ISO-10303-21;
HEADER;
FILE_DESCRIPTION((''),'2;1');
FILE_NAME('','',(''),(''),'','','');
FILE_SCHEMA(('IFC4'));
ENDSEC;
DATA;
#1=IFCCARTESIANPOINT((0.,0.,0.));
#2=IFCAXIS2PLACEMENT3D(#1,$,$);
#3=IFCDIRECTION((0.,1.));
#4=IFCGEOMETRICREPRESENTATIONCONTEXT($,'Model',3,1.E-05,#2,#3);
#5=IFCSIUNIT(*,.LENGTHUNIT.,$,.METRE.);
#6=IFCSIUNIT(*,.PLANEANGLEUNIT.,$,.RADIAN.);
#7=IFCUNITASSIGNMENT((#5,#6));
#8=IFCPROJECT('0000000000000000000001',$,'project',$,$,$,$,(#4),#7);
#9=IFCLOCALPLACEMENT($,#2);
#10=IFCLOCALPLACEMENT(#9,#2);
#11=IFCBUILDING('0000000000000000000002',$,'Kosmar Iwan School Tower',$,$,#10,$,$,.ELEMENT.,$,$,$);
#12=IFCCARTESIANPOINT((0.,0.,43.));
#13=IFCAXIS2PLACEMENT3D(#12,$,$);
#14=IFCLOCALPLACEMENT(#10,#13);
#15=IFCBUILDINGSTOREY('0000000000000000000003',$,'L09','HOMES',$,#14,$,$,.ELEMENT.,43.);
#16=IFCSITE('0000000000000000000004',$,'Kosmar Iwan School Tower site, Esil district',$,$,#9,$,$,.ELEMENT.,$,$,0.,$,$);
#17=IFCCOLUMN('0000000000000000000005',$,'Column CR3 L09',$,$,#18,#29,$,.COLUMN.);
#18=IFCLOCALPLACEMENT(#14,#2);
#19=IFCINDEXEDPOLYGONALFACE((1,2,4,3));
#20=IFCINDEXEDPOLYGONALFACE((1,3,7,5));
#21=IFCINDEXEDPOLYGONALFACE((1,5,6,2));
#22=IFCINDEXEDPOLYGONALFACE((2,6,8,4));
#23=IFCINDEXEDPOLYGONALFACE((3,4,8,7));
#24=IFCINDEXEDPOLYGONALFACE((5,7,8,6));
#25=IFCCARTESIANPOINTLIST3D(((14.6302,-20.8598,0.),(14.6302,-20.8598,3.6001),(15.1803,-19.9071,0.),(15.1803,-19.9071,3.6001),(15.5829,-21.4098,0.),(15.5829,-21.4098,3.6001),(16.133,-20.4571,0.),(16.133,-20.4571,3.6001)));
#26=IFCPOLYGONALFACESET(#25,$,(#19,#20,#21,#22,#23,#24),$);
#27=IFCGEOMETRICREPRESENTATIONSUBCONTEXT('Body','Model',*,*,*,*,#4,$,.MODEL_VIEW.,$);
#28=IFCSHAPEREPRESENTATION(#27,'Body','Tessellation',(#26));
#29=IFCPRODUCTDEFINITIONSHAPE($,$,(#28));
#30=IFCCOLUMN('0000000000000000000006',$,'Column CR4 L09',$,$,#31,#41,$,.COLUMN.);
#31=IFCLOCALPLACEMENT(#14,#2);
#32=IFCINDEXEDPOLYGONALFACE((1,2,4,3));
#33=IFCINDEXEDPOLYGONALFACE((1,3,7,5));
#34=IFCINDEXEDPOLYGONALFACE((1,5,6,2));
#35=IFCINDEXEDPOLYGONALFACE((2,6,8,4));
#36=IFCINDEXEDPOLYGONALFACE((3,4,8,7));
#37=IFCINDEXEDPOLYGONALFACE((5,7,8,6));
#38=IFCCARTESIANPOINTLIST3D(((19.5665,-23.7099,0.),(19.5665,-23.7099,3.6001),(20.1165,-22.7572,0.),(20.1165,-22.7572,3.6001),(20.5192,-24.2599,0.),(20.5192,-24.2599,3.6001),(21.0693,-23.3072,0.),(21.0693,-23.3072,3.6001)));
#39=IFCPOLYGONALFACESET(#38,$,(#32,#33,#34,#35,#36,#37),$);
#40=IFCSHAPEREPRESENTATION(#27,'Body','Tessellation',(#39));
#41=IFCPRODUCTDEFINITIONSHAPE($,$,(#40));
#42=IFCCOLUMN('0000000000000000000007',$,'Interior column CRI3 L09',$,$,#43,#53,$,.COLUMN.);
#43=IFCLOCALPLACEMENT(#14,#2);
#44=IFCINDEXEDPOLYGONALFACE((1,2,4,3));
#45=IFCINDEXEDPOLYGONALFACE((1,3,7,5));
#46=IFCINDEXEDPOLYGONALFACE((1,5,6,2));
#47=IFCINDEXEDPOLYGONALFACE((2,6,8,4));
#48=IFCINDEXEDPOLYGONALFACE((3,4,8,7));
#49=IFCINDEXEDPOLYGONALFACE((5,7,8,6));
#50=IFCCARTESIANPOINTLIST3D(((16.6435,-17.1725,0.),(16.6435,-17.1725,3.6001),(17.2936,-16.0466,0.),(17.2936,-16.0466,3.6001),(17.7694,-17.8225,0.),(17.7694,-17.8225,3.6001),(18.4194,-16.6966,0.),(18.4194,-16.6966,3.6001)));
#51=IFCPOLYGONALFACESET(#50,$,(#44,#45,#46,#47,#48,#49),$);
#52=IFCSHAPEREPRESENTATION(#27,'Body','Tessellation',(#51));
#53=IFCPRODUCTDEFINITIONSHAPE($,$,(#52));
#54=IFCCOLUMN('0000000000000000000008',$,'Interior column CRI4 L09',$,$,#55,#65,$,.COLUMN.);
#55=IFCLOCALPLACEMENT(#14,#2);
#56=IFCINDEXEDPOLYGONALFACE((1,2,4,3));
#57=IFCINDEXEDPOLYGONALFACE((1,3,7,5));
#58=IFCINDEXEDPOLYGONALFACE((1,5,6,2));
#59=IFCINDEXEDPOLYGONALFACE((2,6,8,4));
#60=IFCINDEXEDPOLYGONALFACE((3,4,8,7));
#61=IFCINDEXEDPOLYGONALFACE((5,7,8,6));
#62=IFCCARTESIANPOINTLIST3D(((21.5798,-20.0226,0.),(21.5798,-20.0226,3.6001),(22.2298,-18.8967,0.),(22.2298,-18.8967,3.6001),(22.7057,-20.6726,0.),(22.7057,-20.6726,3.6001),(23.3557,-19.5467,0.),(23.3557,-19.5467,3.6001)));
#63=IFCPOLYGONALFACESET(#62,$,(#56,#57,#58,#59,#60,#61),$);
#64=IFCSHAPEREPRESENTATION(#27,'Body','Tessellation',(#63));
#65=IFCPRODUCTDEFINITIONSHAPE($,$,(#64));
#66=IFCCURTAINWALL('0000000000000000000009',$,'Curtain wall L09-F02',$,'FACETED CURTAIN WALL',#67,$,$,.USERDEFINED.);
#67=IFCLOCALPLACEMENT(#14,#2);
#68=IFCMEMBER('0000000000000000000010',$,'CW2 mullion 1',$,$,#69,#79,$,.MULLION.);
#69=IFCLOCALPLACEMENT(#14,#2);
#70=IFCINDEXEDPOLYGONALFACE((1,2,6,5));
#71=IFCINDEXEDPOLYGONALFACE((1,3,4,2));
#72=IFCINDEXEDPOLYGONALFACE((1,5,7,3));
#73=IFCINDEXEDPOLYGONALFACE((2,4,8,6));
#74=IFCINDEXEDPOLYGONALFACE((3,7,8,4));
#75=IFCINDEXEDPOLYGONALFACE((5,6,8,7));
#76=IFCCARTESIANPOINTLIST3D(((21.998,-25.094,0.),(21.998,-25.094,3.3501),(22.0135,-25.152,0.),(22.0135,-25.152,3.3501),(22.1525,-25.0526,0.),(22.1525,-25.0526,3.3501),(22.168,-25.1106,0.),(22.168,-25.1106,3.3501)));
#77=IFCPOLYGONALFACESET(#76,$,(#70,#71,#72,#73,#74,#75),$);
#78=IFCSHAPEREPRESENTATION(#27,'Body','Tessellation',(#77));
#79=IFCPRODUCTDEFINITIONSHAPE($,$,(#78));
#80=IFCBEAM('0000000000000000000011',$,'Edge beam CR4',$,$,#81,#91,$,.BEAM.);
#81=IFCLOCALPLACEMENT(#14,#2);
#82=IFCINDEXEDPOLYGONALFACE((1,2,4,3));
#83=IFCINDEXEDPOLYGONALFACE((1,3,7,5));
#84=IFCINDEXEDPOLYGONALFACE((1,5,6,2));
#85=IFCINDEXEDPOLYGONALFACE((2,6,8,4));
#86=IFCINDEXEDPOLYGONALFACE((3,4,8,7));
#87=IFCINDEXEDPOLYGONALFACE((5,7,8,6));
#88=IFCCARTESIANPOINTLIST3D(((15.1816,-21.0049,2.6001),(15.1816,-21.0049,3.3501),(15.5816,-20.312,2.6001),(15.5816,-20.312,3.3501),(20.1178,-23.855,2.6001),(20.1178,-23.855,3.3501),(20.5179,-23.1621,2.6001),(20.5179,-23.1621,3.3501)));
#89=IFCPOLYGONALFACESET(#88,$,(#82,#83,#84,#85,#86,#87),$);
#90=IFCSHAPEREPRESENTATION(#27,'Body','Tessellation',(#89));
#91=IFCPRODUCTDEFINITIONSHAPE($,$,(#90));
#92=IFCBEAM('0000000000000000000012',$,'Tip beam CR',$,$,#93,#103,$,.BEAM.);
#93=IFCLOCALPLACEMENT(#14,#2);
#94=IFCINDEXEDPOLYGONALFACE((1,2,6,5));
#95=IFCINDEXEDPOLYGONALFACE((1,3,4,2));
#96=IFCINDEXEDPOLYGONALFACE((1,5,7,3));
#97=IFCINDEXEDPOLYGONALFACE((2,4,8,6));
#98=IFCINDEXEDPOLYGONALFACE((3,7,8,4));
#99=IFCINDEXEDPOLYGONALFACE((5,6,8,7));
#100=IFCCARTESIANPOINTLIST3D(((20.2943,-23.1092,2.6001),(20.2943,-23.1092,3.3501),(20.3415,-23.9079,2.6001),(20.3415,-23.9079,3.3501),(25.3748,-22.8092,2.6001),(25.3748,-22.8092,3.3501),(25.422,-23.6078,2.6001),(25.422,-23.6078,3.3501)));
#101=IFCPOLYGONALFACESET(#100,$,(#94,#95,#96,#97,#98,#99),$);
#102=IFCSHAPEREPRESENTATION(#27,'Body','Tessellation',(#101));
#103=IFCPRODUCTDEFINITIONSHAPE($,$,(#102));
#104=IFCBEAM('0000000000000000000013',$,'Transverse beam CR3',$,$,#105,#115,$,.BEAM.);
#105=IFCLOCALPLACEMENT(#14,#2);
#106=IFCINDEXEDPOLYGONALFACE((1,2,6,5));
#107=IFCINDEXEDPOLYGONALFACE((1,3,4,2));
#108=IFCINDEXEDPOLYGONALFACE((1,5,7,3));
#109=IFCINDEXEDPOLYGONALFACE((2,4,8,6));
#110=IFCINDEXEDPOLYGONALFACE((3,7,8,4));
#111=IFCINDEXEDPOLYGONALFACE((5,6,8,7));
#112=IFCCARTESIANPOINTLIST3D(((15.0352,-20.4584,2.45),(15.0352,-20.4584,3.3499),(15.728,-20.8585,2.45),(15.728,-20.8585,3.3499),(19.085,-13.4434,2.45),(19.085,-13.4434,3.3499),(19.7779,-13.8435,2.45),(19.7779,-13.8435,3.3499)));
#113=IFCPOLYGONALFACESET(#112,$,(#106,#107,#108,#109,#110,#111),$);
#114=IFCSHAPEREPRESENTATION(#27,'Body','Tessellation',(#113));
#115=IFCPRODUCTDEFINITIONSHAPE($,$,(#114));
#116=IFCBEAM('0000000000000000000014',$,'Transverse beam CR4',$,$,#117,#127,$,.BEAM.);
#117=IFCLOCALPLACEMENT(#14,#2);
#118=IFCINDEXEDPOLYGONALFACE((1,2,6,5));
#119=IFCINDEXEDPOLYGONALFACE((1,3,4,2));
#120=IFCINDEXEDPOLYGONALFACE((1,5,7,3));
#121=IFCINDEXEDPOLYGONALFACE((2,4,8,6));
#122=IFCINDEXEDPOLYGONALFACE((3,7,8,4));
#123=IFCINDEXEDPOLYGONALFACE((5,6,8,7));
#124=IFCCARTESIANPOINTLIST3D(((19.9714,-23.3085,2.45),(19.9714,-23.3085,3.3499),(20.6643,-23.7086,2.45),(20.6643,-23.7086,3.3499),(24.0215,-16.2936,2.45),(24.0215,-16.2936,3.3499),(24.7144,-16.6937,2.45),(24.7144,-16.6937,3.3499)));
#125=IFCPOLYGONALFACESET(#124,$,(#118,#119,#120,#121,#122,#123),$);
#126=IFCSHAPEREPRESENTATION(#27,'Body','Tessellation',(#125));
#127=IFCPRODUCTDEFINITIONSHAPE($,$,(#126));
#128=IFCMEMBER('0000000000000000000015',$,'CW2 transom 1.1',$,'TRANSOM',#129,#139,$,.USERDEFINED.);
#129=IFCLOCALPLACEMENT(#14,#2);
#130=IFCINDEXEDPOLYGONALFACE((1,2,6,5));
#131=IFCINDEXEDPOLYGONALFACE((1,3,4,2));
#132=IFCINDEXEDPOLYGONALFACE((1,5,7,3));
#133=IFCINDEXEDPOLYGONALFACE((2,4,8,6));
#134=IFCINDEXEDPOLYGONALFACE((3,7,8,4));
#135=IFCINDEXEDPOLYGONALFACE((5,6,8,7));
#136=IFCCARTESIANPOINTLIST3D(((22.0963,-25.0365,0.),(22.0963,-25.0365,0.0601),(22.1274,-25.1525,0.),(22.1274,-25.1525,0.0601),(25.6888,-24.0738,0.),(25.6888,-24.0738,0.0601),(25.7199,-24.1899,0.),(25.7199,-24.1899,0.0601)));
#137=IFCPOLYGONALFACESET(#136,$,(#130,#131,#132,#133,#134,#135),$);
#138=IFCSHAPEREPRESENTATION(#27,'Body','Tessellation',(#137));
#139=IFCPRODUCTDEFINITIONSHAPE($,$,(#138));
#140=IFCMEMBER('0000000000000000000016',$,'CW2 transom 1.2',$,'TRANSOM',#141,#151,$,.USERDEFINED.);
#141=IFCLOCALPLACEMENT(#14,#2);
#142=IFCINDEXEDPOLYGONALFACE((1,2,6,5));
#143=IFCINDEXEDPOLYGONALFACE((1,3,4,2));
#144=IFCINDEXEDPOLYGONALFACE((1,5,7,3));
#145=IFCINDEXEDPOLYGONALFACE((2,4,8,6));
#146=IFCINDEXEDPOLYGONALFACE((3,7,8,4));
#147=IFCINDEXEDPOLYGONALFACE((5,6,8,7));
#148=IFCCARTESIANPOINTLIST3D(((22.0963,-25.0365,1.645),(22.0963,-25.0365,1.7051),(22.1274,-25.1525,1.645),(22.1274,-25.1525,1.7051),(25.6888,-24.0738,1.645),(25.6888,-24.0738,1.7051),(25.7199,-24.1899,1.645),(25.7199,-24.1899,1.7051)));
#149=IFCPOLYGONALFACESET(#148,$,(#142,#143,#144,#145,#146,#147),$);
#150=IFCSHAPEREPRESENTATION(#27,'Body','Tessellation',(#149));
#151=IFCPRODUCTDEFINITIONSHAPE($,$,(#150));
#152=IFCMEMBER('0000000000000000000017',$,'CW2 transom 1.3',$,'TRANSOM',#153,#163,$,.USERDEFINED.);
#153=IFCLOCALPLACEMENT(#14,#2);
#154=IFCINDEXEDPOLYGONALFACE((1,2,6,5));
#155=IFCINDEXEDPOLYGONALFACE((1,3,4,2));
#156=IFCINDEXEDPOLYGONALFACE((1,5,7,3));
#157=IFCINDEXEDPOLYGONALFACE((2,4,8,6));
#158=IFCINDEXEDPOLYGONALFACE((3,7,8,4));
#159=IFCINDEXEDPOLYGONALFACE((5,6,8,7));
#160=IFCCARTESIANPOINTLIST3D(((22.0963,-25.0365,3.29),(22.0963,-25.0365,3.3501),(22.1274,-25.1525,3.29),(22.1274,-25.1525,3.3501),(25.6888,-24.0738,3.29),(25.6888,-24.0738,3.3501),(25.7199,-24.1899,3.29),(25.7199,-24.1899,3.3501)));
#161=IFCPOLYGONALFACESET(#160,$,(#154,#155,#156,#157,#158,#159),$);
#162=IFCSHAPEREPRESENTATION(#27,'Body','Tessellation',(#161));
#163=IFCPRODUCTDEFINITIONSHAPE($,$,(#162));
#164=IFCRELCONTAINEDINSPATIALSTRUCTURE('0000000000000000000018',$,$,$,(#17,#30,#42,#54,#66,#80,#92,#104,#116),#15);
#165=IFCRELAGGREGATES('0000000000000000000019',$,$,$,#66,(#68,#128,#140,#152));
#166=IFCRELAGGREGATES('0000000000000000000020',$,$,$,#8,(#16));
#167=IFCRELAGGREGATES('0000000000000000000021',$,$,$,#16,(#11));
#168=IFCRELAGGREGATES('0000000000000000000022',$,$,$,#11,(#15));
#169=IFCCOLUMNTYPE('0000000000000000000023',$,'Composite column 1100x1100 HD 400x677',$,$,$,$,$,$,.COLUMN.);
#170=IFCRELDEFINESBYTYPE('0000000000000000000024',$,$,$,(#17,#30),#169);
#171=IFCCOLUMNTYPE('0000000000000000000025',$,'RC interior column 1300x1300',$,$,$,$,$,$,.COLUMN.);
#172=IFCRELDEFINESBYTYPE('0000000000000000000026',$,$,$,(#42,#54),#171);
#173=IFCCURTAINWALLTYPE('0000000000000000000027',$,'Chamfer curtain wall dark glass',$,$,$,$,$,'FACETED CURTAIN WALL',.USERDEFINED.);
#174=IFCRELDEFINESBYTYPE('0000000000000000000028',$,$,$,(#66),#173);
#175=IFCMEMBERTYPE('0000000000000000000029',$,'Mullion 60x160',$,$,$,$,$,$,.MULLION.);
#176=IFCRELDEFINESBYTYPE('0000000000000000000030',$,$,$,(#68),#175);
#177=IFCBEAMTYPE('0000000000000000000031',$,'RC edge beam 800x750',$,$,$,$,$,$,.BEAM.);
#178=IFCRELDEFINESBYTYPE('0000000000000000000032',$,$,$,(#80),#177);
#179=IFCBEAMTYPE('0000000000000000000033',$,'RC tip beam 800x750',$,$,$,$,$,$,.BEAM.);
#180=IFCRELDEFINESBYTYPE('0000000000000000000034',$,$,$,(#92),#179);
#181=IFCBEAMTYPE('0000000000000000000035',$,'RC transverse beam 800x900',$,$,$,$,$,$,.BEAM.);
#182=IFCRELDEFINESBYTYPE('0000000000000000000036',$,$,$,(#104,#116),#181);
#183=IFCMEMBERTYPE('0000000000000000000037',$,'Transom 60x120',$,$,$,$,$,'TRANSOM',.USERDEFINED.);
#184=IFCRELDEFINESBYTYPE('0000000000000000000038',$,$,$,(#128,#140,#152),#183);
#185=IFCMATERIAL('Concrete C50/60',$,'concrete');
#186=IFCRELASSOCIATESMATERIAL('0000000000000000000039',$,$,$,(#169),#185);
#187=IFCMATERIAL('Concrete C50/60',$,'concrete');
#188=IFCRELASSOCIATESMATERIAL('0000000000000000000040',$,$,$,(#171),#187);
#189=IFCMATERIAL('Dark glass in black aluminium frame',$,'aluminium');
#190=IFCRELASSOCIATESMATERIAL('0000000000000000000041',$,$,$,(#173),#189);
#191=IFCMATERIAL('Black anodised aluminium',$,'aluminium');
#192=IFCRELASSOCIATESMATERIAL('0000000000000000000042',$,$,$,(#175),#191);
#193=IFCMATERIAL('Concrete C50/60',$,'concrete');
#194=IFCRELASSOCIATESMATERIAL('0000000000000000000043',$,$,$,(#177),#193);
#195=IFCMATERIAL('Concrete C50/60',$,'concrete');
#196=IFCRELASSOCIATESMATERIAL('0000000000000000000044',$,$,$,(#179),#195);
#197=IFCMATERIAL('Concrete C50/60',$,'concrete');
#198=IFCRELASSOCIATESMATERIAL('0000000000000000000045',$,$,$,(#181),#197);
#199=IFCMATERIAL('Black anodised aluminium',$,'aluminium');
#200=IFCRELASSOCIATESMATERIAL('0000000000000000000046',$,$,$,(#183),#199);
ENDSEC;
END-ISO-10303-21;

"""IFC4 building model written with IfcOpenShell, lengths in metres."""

from ifc_helpers import new_model, si_unit, direction, frame, origin, origin_2d, place, context, subcontext, project, spatial, rectangle, extrude, material, material_profile, profile_set, type_object, element, aggregate, save


model = new_model("IFC4")

# Units and contexts
model_context = context("Model", 3, precision=1e-05, world=origin(), true_north=direction((0.0, 1.0)))
body_context = subcontext(model_context, "Body", "Model", "MODEL_VIEW")
ifc_project = project(units=[si_unit("LENGTHUNIT", "METRE"), si_unit("PLANEANGLEUNIT", "RADIAN")], contexts=[model_context])

# Site, building, storey
site_placement = place(None, origin())
site = spatial("IfcSite", under=ifc_project, at=site_placement, Name="Kosmar Iwan School Tower site, Esil district", CompositionType="ELEMENT", RefElevation=0.0)
building_placement = place(site_placement, origin())
building = spatial("IfcBuilding", under=site, at=building_placement, Name="Kosmar Iwan School Tower", CompositionType="ELEMENT")
storey_placement = place(building_placement, frame((0.0, 0.0, 43.0)))
storey = spatial("IfcBuildingStorey", under=building, at=storey_placement, Name="L09", Description="HOMES", CompositionType="ELEMENT", Elevation=43.0)

# Columns
ifc_material_1 = material(Name="Concrete C50/60", Category="concrete")
ifc_material_profile_1 = material_profile(ifc_material_1, rectangle(XDim=1.1001, YDim=1.1001, at=origin_2d()), Name="RC 1100x1100 + HD 400x677")
ifc_profile_set_1 = profile_set([ifc_material_profile_1], Name="Concrete C50/60")
column_type_1 = type_object("IfcColumnType", Name="Composite column 1100x1100 HD 400x677", PredefinedType="COLUMN", material=ifc_profile_set_1)
for number, where, z_axis, x_axis, name in (
    (1, (15.3816, -20.6584, 0.0), (0.0, 0.0, 1.0), (0.866025, -0.5, 0.0), "Column CR3 L09"),
    (2, (20.3179, -23.5085, 0.0), (0.0, 0.0, 1.0), (0.866025, -0.5, 0.0), "Column CR4 L09"),
):
    element("IfcColumn", number, at=place(storey_placement, frame(where, z_axis=z_axis, x_axis=x_axis)), inside=storey, type_object=column_type_1, Name=name, PredefinedType="COLUMN", context=body_context, shape_type="SweptSolid", body=[
        extrude(rectangle(XDim=1.1001, YDim=1.1001, at=origin_2d()), origin(), (0.0, 0.0, 1.0), 3.6001),
    ])
ifc_material_2 = material(Name="Concrete C50/60", Category="concrete")
ifc_material_profile_2 = material_profile(ifc_material_2, rectangle(XDim=1.3, YDim=1.3, at=origin_2d()), Name="RC 1300x1300")
ifc_profile_set_2 = profile_set([ifc_material_profile_2], Name="Concrete C50/60")
column_type_2 = type_object("IfcColumnType", Name="RC interior column 1300x1300", PredefinedType="COLUMN", material=ifc_profile_set_2)
for number, where, z_axis, x_axis, name in (
    (3, (17.5315, -16.9346, 0.0), (0.0, 0.0, 1.0), (0.866025, -0.5, 0.0), "Interior column CRI3 L09"),
    (4, (22.4678, -19.7847, 0.0), (0.0, 0.0, 1.0), (0.866025, -0.5, 0.0), "Interior column CRI4 L09"),
):
    element("IfcColumn", number, at=place(storey_placement, frame(where, z_axis=z_axis, x_axis=x_axis)), inside=storey, type_object=column_type_2, Name=name, PredefinedType="COLUMN", context=body_context, shape_type="SweptSolid", body=[
        extrude(rectangle(XDim=1.3, YDim=1.3, at=origin_2d()), origin(), (0.0, 0.0, 1.0), 3.6001),
    ])

# Curtain wall, member
ifc_material_3 = material(Name="Dark glass in black aluminium frame", Category="aluminium")
curtain_wall_type = type_object("IfcCurtainWallType", Name="Chamfer curtain wall dark glass", ElementType="FACETED CURTAIN WALL", PredefinedType="USERDEFINED", material=ifc_material_3)
curtain_wall_placement = place(storey_placement, origin())
curtain_wall = element("IfcCurtainWall", 5, at=curtain_wall_placement, inside=storey, type_object=curtain_wall_type, Name="Curtain wall L09-F02", ObjectType="FACETED CURTAIN WALL", PredefinedType="USERDEFINED")
ifc_material_4 = material(Name="Black anodised aluminium", Category="aluminium")
ifc_material_profile_3 = material_profile(ifc_material_4, rectangle(XDim=0.0601, YDim=0.1599, at=origin_2d()), Name="MULLION 60x160")
ifc_profile_set_3 = profile_set([ifc_material_profile_3], Name="Black anodised aluminium")
member_type_1 = type_object("IfcMemberType", Name="Mullion 60x160", PredefinedType="MULLION", material=ifc_profile_set_3)
member_1_placement = place(storey_placement, frame((22.083, -25.1023, 0.0), z_axis=(0.0, 0.0, 1.0), x_axis=(-0.258819, 0.965926, 0.0)))
member_1 = element("IfcMember", 6, at=member_1_placement, type_object=member_type_1, Name="CW2 mullion 1", PredefinedType="MULLION", context=body_context, shape_type="SweptSolid", body=[
    extrude(rectangle(XDim=0.0601, YDim=0.1599, at=origin_2d()), origin(), (0.0, 0.0, 1.0), 3.3501),
])

# Beams
ifc_material_5 = material(Name="Concrete C50/60", Category="concrete")
ifc_material_profile_4 = material_profile(ifc_material_5, rectangle(XDim=0.8, YDim=0.75, at=origin_2d()), Name="RC 800x750")
ifc_profile_set_4 = profile_set([ifc_material_profile_4], Name="Concrete C50/60")
beam_type_1 = type_object("IfcBeamType", Name="RC edge beam 800x750", PredefinedType="BEAM", material=ifc_profile_set_4)
beam_1_placement = place(storey_placement, frame((15.3816, -20.6584, 2.9751), z_axis=(0.866015, -0.500018, 0.0), x_axis=(0.500018, 0.866015, 0.0)))
element("IfcBeam", 7, at=beam_1_placement, inside=storey, type_object=beam_type_1, Name="Edge beam CR4", PredefinedType="BEAM", context=body_context, shape_type="SweptSolid", body=[
    extrude(rectangle(XDim=0.8, YDim=0.75, at=origin_2d()), origin(), (0.0, 0.0, 1.0), 5.7),
])
ifc_material_6 = material(Name="Concrete C50/60", Category="concrete")
ifc_material_profile_5 = material_profile(ifc_material_6, rectangle(XDim=0.8, YDim=0.75, at=origin_2d()), Name="RC 800x750")
ifc_profile_set_5 = profile_set([ifc_material_profile_5], Name="Concrete C50/60")
beam_type_2 = type_object("IfcBeamType", Name="RC tip beam 800x750", PredefinedType="BEAM", material=ifc_profile_set_5)
beam_2_placement = place(storey_placement, frame((20.3179, -23.5085, 2.9751), z_axis=(0.998261, 0.058955, 0.0), x_axis=(-0.058955, 0.998261, 0.0)))
element("IfcBeam", 8, at=beam_2_placement, inside=storey, type_object=beam_type_2, Name="Tip beam CR", PredefinedType="BEAM", context=body_context, shape_type="SweptSolid", body=[
    extrude(rectangle(XDim=0.8, YDim=0.75, at=origin_2d()), origin(), (0.0, 0.0, 1.0), 5.0894),
])
ifc_material_7 = material(Name="Concrete C50/60", Category="concrete")
ifc_material_profile_6 = material_profile(ifc_material_7, rectangle(XDim=0.8, YDim=0.8999, at=origin_2d()), Name="RC 800x900")
ifc_profile_set_6 = profile_set([ifc_material_profile_6], Name="Concrete C50/60")
beam_type_3 = type_object("IfcBeamType", Name="RC transverse beam 800x900", PredefinedType="BEAM", material=ifc_profile_set_6)
for number, where, z_axis, x_axis, name in (
    (9, (15.3816, -20.6584, 2.8999), (0.499977, 0.866039, 0.0), (-0.866039, 0.499977, 0.0), "Transverse beam CR3"),
    (10, (20.3179, -23.5085, 2.8999), (0.5, 0.866025, 0.0), (-0.866025, 0.5, 0.0), "Transverse beam CR4"),
):
    element("IfcBeam", number, at=place(storey_placement, frame(where, z_axis=z_axis, x_axis=x_axis)), inside=storey, type_object=beam_type_3, Name=name, PredefinedType="BEAM", context=body_context, shape_type="SweptSolid", body=[
        extrude(rectangle(XDim=0.8, YDim=0.8999, at=origin_2d()), origin(), (0.0, 0.0, 1.0), 8.1001),
    ])

# Members
ifc_material_8 = material(Name="Black anodised aluminium", Category="aluminium")
ifc_material_profile_7 = material_profile(ifc_material_8, rectangle(XDim=0.1201, YDim=0.0601, at=origin_2d()), Name="TRANSOM 60x120")
ifc_profile_set_7 = profile_set([ifc_material_profile_7], Name="Black anodised aluminium")
member_type_2 = type_object("IfcMemberType", Name="Transom 60x120", ElementType="TRANSOM", PredefinedType="USERDEFINED", material=ifc_profile_set_7)
member_2_placement = place(storey_placement, frame((22.1118, -25.0945, 0.03), z_axis=(0.965924, 0.258827, 0.0), x_axis=(-0.258827, 0.965924, 0.0)))
member_2 = element("IfcMember", 11, at=member_2_placement, type_object=member_type_2, Name="CW2 transom 1.1", ObjectType="TRANSOM", PredefinedType="USERDEFINED", context=body_context, shape_type="SweptSolid", body=[
    extrude(rectangle(XDim=0.1201, YDim=0.0601, at=origin_2d()), origin(), (0.0, 0.0, 1.0), 3.7192),
])
member_3_placement = place(storey_placement, frame((22.1118, -25.0945, 1.675), z_axis=(0.965924, 0.258827, 0.0), x_axis=(-0.258827, 0.965924, 0.0)))
member_3 = element("IfcMember", 12, at=member_3_placement, type_object=member_type_2, Name="CW2 transom 1.2", ObjectType="TRANSOM", PredefinedType="USERDEFINED", context=body_context, shape_type="SweptSolid", body=[
    extrude(rectangle(XDim=0.1201, YDim=0.0601, at=origin_2d()), origin(), (0.0, 0.0, 1.0), 3.7192),
])
member_4_placement = place(storey_placement, frame((22.1118, -25.0945, 3.3201), z_axis=(0.965924, 0.258827, 0.0), x_axis=(-0.258827, 0.965924, 0.0)))
member_4 = element("IfcMember", 13, at=member_4_placement, type_object=member_type_2, Name="CW2 transom 1.3", ObjectType="TRANSOM", PredefinedType="USERDEFINED", context=body_context, shape_type="SweptSolid", body=[
    extrude(rectangle(XDim=0.1201, YDim=0.0601, at=origin_2d()), origin(), (0.0, 0.0, 1.0), 3.7192),
])
aggregate(curtain_wall, [member_1, member_2, member_3, member_4])

save(model, "model.ifc")
